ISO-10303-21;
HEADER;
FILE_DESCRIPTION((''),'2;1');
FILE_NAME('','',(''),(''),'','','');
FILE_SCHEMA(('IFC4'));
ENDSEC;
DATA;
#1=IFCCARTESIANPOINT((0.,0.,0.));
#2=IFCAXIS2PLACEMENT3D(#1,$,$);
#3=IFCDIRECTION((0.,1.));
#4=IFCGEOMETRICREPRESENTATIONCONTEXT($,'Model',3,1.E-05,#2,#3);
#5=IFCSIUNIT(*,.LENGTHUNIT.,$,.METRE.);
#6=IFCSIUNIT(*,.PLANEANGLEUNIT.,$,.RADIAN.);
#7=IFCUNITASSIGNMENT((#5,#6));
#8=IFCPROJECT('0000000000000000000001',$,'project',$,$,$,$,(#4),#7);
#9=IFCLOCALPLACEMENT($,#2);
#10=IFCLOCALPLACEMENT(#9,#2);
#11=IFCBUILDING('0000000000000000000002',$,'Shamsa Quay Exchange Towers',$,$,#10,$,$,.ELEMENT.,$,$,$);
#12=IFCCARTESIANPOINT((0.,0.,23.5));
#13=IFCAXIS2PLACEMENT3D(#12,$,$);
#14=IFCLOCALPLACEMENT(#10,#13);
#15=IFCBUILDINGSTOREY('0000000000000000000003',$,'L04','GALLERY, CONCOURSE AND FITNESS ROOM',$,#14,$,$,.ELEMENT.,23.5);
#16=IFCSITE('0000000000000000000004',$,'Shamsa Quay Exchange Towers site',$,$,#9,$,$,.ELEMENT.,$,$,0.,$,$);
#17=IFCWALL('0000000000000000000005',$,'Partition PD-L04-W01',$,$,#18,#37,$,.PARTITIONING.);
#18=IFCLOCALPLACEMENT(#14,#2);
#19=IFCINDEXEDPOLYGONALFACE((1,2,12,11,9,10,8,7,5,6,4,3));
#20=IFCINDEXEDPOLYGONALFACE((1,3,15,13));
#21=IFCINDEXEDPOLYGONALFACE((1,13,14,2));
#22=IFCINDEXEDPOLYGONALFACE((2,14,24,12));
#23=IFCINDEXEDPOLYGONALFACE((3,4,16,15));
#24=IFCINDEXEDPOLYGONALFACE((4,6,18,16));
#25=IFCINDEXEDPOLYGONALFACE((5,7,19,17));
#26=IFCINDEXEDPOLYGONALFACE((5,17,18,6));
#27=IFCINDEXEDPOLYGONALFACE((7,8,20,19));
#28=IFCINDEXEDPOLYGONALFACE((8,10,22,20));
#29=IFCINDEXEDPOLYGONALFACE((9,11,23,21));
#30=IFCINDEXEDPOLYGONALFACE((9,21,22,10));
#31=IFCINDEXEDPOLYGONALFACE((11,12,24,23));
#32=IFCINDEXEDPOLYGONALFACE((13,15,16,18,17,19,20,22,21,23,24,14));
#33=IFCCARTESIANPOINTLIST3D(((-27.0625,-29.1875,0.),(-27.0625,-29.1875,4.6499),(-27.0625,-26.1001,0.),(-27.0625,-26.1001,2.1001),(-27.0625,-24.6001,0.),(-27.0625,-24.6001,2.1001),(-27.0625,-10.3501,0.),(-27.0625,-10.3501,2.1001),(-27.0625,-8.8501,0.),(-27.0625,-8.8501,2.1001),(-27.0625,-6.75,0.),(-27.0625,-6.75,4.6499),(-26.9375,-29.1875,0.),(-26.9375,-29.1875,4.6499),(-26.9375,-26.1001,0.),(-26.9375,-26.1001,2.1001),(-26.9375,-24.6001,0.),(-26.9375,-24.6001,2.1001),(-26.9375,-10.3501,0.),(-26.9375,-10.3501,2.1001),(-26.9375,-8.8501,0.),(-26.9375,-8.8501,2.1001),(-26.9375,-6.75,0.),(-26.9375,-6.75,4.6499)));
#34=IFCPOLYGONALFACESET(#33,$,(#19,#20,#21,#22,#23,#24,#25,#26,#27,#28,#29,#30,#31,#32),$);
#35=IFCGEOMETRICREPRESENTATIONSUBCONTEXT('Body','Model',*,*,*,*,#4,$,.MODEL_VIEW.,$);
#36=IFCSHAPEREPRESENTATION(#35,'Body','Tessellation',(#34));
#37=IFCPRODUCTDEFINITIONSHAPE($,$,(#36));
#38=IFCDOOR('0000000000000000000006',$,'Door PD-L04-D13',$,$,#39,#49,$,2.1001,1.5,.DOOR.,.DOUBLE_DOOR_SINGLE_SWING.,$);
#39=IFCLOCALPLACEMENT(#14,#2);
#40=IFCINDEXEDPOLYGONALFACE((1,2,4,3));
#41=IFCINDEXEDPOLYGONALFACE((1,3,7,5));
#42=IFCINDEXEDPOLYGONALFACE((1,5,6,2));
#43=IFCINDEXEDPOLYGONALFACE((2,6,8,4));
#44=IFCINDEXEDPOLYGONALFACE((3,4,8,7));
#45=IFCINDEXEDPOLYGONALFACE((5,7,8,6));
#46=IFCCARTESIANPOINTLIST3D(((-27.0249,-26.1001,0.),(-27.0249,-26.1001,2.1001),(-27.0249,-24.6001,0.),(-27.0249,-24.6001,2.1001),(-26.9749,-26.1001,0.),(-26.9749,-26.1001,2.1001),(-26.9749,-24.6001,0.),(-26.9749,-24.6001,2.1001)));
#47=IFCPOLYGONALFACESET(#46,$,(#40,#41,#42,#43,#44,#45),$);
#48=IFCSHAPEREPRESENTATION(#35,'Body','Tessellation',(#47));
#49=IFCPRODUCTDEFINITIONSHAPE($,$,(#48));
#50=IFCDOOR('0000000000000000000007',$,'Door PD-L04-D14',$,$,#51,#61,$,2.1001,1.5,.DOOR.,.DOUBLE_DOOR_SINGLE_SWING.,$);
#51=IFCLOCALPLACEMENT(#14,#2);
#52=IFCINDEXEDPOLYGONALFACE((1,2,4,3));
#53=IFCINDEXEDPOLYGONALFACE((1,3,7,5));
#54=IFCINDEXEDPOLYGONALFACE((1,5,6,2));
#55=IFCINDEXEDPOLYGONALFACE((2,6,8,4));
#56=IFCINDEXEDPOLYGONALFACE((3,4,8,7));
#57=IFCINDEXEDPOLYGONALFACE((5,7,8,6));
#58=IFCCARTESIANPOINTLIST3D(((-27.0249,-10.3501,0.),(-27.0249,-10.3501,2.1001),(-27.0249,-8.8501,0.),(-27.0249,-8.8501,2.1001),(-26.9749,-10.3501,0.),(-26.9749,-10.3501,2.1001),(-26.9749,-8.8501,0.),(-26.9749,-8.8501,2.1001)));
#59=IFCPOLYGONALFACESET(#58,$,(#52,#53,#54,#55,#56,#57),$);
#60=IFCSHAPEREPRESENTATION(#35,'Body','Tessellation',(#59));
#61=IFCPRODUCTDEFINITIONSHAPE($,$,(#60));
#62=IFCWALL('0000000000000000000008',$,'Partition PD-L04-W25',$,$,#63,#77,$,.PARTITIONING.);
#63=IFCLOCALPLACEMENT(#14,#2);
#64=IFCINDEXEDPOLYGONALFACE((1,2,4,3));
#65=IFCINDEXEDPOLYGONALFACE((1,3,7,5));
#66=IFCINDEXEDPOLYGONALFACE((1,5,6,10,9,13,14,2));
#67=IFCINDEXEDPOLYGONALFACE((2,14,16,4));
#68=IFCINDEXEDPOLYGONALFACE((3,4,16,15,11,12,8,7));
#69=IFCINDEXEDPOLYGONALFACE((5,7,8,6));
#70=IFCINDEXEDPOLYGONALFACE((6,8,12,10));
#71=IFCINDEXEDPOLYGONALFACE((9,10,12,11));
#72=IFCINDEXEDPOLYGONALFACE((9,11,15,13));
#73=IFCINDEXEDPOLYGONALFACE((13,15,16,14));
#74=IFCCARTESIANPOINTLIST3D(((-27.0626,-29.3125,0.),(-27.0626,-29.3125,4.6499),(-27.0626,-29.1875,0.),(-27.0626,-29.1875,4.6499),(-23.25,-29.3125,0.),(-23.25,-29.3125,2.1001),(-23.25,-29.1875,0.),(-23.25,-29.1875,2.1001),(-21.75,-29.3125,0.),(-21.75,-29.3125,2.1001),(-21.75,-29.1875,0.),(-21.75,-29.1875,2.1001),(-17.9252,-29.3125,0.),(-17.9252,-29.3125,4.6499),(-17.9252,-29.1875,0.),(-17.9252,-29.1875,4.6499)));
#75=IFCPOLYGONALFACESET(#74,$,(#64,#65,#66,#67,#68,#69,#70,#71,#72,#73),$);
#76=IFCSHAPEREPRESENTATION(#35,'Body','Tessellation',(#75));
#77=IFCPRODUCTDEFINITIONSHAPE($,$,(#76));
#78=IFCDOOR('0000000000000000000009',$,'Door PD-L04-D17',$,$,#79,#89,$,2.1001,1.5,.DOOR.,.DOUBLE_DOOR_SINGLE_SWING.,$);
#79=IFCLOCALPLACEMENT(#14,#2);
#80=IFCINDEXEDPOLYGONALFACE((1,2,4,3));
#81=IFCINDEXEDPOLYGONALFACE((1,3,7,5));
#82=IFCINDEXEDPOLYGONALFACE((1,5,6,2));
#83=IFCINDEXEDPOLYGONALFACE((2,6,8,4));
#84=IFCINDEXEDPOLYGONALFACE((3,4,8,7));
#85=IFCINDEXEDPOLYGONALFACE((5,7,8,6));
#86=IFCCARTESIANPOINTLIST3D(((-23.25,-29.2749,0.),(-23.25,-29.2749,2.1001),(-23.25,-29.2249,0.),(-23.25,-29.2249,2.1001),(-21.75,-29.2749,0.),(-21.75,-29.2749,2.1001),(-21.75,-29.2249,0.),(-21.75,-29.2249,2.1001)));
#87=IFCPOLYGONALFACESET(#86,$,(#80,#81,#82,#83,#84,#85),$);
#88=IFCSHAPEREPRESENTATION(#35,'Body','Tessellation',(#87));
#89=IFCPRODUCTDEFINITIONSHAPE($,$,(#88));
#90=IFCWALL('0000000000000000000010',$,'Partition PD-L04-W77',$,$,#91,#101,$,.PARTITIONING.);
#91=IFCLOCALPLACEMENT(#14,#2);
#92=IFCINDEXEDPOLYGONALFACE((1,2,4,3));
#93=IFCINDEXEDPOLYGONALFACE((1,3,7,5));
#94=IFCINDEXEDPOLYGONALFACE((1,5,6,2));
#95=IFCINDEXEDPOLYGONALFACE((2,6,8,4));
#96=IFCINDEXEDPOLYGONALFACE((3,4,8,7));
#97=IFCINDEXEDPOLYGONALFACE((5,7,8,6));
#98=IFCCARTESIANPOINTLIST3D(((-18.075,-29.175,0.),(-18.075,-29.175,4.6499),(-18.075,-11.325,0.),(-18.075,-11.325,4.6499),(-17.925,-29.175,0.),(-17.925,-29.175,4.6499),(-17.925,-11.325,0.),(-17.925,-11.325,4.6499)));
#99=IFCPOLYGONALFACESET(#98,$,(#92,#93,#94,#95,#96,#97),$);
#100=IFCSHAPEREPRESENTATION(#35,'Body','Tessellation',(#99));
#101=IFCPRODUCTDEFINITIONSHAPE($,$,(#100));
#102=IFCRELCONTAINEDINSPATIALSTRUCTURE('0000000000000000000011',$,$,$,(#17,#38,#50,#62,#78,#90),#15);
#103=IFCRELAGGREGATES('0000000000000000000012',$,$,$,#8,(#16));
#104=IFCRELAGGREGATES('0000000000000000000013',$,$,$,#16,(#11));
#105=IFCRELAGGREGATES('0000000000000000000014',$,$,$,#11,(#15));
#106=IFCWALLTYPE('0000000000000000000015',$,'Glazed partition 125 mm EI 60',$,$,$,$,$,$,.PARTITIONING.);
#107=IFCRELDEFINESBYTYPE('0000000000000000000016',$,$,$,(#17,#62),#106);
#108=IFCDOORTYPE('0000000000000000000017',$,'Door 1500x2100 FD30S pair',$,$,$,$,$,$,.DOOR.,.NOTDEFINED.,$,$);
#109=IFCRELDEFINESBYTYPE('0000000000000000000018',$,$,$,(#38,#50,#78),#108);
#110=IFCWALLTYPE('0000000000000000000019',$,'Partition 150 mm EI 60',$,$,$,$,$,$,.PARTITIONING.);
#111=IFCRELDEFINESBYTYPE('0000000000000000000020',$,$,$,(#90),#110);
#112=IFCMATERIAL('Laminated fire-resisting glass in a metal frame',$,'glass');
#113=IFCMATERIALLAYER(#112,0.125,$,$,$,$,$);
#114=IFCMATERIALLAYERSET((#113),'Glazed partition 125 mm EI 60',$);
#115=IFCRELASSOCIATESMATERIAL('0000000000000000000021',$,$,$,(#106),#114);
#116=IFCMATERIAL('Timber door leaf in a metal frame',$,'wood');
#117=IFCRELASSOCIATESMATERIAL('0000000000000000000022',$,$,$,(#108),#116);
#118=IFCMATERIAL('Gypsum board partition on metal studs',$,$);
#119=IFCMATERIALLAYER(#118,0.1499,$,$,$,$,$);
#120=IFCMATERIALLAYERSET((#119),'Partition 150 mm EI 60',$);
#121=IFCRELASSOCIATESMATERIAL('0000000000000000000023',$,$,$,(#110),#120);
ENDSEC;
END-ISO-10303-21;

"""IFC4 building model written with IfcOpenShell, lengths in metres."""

from ifc_helpers import new_model, si_unit, direction, frame, frame_2d, origin, place, context, subcontext, project, spatial, rectangle, extrude, material, layer, layer_set, type_object, element, fill, save


model = new_model("IFC4")

# Units and contexts
model_context = context("Model", 3, precision=1e-05, world=origin(), true_north=direction((0.0, 1.0)))
body_context = subcontext(model_context, "Body", "Model", "MODEL_VIEW")
ifc_project = project(units=[si_unit("LENGTHUNIT", "METRE"), si_unit("PLANEANGLEUNIT", "RADIAN")], contexts=[model_context])

# Site, building, storey
site_placement = place(None, origin())
site = spatial("IfcSite", under=ifc_project, at=site_placement, Name="Shamsa Quay Exchange Towers site", CompositionType="ELEMENT", RefElevation=0.0)
building_placement = place(site_placement, origin())
building = spatial("IfcBuilding", under=site, at=building_placement, Name="Shamsa Quay Exchange Towers", CompositionType="ELEMENT")
storey_placement = place(building_placement, frame((0.0, 0.0, 23.5)))
storey = spatial("IfcBuildingStorey", under=building, at=storey_placement, Name="L04", Description="GALLERY, CONCOURSE AND FITNESS ROOM", CompositionType="ELEMENT", Elevation=23.5)

# Wall, openings, doors
ifc_material_1 = material(Name="Laminated fire-resisting glass in a metal frame", Category="glass")
ifc_layer_1 = layer(ifc_material_1, 0.125)
ifc_layer_set_1 = layer_set([ifc_layer_1], Name="Glazed partition 125 mm EI 60")
wall_type_1 = type_object("IfcWallType", Name="Glazed partition 125 mm EI 60", PredefinedType="PARTITIONING", material=ifc_layer_set_1)
wall_1_placement = place(storey_placement, frame((-27.0, -29.1875, 0.0), z_axis=(0.0, 0.0, 1.0), x_axis=(0.0, 1.0, 0.0)))
wall_1 = element("IfcWall", 1, at=wall_1_placement, inside=storey, type_object=wall_type_1, Name="Partition PD-L04-W01", PredefinedType="PARTITIONING", context=body_context, shape_type="SweptSolid", body=[
    extrude(rectangle(XDim=22.4375, YDim=0.125, at=frame_2d((11.2188, 0.0))), origin(), (0.0, 0.0, 1.0), 4.6499),
])
opening_1_placement = place(wall_1_placement, frame((3.0874, 0.0, 0.0)))
opening_1 = element("IfcOpeningElement", 2, at=opening_1_placement, cuts=wall_1, PredefinedType="OPENING", context=body_context, shape_type="SweptSolid", body=[
    extrude(rectangle(XDim=1.5, YDim=2.1001, at=frame_2d((0.75, 1.05))), frame((0.0, 0.0725, 0.0), z_axis=(0.0, -1.0, 0.0), x_axis=(1.0, 0.0, 0.0)), (0.0, 0.0, 1.0), 0.145),
])
opening_2_placement = place(wall_1_placement, frame((18.8374, 0.0, 0.0)))
opening_2 = element("IfcOpeningElement", 3, at=opening_2_placement, cuts=wall_1, PredefinedType="OPENING", context=body_context, shape_type="SweptSolid", body=[
    extrude(rectangle(XDim=1.5, YDim=2.1001, at=frame_2d((0.75, 1.05))), frame((0.0, 0.0725, 0.0), z_axis=(0.0, -1.0, 0.0), x_axis=(1.0, 0.0, 0.0)), (0.0, 0.0, 1.0), 0.145),
])
ifc_material_2 = material(Name="Timber door leaf in a metal frame", Category="wood")
door_type = type_object("IfcDoorType", Name="Door 1500x2100 FD30S pair", OperationType="NOTDEFINED", PredefinedType="DOOR", material=ifc_material_2)
door_1_placement = place(opening_1_placement, origin())
door_1 = element("IfcDoor", 4, at=door_1_placement, inside=storey, type_object=door_type, Name="Door PD-L04-D13", OperationType="DOUBLE_DOOR_SINGLE_SWING", OverallHeight=2.1001, OverallWidth=1.5, PredefinedType="DOOR", context=body_context, shape_type="SweptSolid", body=[
    extrude(rectangle(XDim=1.5, YDim=2.1001, at=frame_2d((0.75, 1.05))), frame((0.0, 0.0249, 0.0), z_axis=(0.0, -1.0, 0.0), x_axis=(1.0, 0.0, 0.0)), (0.0, 0.0, 1.0), 0.05),
])
fill(opening_1, door_1)
door_2_placement = place(opening_2_placement, origin())
door_2 = element("IfcDoor", 5, at=door_2_placement, inside=storey, type_object=door_type, Name="Door PD-L04-D14", OperationType="DOUBLE_DOOR_SINGLE_SWING", OverallHeight=2.1001, OverallWidth=1.5, PredefinedType="DOOR", context=body_context, shape_type="SweptSolid", body=[
    extrude(rectangle(XDim=1.5, YDim=2.1001, at=frame_2d((0.75, 1.05))), frame((0.0, 0.0249, 0.0), z_axis=(0.0, -1.0, 0.0), x_axis=(1.0, 0.0, 0.0)), (0.0, 0.0, 1.0), 0.05),
])
fill(opening_2, door_2)

# Wall, opening, door
wall_2_placement = place(storey_placement, frame((-17.925, -29.25, 0.0), z_axis=(0.0, 0.0, 1.0), x_axis=(-1.0, 0.0, 0.0)))
wall_2 = element("IfcWall", 6, at=wall_2_placement, inside=storey, type_object=wall_type_1, Name="Partition PD-L04-W25", PredefinedType="PARTITIONING", context=body_context, shape_type="SweptSolid", body=[
    extrude(rectangle(XDim=9.1375, YDim=0.125, at=frame_2d((4.5688, 0.0))), origin(), (0.0, 0.0, 1.0), 4.6499),
])
opening_3_placement = place(wall_2_placement, frame((3.825, 0.0, 0.0)))
opening_3 = element("IfcOpeningElement", 7, at=opening_3_placement, cuts=wall_2, PredefinedType="OPENING", context=body_context, shape_type="SweptSolid", body=[
    extrude(rectangle(XDim=1.5, YDim=2.1001, at=frame_2d((0.75, 1.05))), frame((0.0, 0.0725, 0.0), z_axis=(0.0, -1.0, 0.0), x_axis=(1.0, 0.0, 0.0)), (0.0, 0.0, 1.0), 0.145),
])
door_3_placement = place(opening_3_placement, origin())
door_3 = element("IfcDoor", 8, at=door_3_placement, inside=storey, type_object=door_type, Name="Door PD-L04-D17", OperationType="DOUBLE_DOOR_SINGLE_SWING", OverallHeight=2.1001, OverallWidth=1.5, PredefinedType="DOOR", context=body_context, shape_type="SweptSolid", body=[
    extrude(rectangle(XDim=1.5, YDim=2.1001, at=frame_2d((0.75, 1.05))), frame((0.0, 0.0249, 0.0), z_axis=(0.0, -1.0, 0.0), x_axis=(1.0, 0.0, 0.0)), (0.0, 0.0, 1.0), 0.05),
])
fill(opening_3, door_3)

# Wall
ifc_material_3 = material(Name="Gypsum board partition on metal studs")
ifc_layer_2 = layer(ifc_material_3, 0.1499)
ifc_layer_set_2 = layer_set([ifc_layer_2], Name="Partition 150 mm EI 60")
wall_type_2 = type_object("IfcWallType", Name="Partition 150 mm EI 60", PredefinedType="PARTITIONING", material=ifc_layer_set_2)
wall_3_placement = place(storey_placement, frame((-18.0, -29.175, 0.0), z_axis=(0.0, 0.0, 1.0), x_axis=(0.0, 1.0, 0.0)))
element("IfcWall", 9, at=wall_3_placement, inside=storey, type_object=wall_type_2, Name="Partition PD-L04-W77", PredefinedType="PARTITIONING", context=body_context, shape_type="SweptSolid", body=[
    extrude(rectangle(XDim=17.8501, YDim=0.1499, at=frame_2d((8.925, 0.0))), origin(), (0.0, 0.0, 1.0), 4.6499),
])

save(model, "model.ifc")
